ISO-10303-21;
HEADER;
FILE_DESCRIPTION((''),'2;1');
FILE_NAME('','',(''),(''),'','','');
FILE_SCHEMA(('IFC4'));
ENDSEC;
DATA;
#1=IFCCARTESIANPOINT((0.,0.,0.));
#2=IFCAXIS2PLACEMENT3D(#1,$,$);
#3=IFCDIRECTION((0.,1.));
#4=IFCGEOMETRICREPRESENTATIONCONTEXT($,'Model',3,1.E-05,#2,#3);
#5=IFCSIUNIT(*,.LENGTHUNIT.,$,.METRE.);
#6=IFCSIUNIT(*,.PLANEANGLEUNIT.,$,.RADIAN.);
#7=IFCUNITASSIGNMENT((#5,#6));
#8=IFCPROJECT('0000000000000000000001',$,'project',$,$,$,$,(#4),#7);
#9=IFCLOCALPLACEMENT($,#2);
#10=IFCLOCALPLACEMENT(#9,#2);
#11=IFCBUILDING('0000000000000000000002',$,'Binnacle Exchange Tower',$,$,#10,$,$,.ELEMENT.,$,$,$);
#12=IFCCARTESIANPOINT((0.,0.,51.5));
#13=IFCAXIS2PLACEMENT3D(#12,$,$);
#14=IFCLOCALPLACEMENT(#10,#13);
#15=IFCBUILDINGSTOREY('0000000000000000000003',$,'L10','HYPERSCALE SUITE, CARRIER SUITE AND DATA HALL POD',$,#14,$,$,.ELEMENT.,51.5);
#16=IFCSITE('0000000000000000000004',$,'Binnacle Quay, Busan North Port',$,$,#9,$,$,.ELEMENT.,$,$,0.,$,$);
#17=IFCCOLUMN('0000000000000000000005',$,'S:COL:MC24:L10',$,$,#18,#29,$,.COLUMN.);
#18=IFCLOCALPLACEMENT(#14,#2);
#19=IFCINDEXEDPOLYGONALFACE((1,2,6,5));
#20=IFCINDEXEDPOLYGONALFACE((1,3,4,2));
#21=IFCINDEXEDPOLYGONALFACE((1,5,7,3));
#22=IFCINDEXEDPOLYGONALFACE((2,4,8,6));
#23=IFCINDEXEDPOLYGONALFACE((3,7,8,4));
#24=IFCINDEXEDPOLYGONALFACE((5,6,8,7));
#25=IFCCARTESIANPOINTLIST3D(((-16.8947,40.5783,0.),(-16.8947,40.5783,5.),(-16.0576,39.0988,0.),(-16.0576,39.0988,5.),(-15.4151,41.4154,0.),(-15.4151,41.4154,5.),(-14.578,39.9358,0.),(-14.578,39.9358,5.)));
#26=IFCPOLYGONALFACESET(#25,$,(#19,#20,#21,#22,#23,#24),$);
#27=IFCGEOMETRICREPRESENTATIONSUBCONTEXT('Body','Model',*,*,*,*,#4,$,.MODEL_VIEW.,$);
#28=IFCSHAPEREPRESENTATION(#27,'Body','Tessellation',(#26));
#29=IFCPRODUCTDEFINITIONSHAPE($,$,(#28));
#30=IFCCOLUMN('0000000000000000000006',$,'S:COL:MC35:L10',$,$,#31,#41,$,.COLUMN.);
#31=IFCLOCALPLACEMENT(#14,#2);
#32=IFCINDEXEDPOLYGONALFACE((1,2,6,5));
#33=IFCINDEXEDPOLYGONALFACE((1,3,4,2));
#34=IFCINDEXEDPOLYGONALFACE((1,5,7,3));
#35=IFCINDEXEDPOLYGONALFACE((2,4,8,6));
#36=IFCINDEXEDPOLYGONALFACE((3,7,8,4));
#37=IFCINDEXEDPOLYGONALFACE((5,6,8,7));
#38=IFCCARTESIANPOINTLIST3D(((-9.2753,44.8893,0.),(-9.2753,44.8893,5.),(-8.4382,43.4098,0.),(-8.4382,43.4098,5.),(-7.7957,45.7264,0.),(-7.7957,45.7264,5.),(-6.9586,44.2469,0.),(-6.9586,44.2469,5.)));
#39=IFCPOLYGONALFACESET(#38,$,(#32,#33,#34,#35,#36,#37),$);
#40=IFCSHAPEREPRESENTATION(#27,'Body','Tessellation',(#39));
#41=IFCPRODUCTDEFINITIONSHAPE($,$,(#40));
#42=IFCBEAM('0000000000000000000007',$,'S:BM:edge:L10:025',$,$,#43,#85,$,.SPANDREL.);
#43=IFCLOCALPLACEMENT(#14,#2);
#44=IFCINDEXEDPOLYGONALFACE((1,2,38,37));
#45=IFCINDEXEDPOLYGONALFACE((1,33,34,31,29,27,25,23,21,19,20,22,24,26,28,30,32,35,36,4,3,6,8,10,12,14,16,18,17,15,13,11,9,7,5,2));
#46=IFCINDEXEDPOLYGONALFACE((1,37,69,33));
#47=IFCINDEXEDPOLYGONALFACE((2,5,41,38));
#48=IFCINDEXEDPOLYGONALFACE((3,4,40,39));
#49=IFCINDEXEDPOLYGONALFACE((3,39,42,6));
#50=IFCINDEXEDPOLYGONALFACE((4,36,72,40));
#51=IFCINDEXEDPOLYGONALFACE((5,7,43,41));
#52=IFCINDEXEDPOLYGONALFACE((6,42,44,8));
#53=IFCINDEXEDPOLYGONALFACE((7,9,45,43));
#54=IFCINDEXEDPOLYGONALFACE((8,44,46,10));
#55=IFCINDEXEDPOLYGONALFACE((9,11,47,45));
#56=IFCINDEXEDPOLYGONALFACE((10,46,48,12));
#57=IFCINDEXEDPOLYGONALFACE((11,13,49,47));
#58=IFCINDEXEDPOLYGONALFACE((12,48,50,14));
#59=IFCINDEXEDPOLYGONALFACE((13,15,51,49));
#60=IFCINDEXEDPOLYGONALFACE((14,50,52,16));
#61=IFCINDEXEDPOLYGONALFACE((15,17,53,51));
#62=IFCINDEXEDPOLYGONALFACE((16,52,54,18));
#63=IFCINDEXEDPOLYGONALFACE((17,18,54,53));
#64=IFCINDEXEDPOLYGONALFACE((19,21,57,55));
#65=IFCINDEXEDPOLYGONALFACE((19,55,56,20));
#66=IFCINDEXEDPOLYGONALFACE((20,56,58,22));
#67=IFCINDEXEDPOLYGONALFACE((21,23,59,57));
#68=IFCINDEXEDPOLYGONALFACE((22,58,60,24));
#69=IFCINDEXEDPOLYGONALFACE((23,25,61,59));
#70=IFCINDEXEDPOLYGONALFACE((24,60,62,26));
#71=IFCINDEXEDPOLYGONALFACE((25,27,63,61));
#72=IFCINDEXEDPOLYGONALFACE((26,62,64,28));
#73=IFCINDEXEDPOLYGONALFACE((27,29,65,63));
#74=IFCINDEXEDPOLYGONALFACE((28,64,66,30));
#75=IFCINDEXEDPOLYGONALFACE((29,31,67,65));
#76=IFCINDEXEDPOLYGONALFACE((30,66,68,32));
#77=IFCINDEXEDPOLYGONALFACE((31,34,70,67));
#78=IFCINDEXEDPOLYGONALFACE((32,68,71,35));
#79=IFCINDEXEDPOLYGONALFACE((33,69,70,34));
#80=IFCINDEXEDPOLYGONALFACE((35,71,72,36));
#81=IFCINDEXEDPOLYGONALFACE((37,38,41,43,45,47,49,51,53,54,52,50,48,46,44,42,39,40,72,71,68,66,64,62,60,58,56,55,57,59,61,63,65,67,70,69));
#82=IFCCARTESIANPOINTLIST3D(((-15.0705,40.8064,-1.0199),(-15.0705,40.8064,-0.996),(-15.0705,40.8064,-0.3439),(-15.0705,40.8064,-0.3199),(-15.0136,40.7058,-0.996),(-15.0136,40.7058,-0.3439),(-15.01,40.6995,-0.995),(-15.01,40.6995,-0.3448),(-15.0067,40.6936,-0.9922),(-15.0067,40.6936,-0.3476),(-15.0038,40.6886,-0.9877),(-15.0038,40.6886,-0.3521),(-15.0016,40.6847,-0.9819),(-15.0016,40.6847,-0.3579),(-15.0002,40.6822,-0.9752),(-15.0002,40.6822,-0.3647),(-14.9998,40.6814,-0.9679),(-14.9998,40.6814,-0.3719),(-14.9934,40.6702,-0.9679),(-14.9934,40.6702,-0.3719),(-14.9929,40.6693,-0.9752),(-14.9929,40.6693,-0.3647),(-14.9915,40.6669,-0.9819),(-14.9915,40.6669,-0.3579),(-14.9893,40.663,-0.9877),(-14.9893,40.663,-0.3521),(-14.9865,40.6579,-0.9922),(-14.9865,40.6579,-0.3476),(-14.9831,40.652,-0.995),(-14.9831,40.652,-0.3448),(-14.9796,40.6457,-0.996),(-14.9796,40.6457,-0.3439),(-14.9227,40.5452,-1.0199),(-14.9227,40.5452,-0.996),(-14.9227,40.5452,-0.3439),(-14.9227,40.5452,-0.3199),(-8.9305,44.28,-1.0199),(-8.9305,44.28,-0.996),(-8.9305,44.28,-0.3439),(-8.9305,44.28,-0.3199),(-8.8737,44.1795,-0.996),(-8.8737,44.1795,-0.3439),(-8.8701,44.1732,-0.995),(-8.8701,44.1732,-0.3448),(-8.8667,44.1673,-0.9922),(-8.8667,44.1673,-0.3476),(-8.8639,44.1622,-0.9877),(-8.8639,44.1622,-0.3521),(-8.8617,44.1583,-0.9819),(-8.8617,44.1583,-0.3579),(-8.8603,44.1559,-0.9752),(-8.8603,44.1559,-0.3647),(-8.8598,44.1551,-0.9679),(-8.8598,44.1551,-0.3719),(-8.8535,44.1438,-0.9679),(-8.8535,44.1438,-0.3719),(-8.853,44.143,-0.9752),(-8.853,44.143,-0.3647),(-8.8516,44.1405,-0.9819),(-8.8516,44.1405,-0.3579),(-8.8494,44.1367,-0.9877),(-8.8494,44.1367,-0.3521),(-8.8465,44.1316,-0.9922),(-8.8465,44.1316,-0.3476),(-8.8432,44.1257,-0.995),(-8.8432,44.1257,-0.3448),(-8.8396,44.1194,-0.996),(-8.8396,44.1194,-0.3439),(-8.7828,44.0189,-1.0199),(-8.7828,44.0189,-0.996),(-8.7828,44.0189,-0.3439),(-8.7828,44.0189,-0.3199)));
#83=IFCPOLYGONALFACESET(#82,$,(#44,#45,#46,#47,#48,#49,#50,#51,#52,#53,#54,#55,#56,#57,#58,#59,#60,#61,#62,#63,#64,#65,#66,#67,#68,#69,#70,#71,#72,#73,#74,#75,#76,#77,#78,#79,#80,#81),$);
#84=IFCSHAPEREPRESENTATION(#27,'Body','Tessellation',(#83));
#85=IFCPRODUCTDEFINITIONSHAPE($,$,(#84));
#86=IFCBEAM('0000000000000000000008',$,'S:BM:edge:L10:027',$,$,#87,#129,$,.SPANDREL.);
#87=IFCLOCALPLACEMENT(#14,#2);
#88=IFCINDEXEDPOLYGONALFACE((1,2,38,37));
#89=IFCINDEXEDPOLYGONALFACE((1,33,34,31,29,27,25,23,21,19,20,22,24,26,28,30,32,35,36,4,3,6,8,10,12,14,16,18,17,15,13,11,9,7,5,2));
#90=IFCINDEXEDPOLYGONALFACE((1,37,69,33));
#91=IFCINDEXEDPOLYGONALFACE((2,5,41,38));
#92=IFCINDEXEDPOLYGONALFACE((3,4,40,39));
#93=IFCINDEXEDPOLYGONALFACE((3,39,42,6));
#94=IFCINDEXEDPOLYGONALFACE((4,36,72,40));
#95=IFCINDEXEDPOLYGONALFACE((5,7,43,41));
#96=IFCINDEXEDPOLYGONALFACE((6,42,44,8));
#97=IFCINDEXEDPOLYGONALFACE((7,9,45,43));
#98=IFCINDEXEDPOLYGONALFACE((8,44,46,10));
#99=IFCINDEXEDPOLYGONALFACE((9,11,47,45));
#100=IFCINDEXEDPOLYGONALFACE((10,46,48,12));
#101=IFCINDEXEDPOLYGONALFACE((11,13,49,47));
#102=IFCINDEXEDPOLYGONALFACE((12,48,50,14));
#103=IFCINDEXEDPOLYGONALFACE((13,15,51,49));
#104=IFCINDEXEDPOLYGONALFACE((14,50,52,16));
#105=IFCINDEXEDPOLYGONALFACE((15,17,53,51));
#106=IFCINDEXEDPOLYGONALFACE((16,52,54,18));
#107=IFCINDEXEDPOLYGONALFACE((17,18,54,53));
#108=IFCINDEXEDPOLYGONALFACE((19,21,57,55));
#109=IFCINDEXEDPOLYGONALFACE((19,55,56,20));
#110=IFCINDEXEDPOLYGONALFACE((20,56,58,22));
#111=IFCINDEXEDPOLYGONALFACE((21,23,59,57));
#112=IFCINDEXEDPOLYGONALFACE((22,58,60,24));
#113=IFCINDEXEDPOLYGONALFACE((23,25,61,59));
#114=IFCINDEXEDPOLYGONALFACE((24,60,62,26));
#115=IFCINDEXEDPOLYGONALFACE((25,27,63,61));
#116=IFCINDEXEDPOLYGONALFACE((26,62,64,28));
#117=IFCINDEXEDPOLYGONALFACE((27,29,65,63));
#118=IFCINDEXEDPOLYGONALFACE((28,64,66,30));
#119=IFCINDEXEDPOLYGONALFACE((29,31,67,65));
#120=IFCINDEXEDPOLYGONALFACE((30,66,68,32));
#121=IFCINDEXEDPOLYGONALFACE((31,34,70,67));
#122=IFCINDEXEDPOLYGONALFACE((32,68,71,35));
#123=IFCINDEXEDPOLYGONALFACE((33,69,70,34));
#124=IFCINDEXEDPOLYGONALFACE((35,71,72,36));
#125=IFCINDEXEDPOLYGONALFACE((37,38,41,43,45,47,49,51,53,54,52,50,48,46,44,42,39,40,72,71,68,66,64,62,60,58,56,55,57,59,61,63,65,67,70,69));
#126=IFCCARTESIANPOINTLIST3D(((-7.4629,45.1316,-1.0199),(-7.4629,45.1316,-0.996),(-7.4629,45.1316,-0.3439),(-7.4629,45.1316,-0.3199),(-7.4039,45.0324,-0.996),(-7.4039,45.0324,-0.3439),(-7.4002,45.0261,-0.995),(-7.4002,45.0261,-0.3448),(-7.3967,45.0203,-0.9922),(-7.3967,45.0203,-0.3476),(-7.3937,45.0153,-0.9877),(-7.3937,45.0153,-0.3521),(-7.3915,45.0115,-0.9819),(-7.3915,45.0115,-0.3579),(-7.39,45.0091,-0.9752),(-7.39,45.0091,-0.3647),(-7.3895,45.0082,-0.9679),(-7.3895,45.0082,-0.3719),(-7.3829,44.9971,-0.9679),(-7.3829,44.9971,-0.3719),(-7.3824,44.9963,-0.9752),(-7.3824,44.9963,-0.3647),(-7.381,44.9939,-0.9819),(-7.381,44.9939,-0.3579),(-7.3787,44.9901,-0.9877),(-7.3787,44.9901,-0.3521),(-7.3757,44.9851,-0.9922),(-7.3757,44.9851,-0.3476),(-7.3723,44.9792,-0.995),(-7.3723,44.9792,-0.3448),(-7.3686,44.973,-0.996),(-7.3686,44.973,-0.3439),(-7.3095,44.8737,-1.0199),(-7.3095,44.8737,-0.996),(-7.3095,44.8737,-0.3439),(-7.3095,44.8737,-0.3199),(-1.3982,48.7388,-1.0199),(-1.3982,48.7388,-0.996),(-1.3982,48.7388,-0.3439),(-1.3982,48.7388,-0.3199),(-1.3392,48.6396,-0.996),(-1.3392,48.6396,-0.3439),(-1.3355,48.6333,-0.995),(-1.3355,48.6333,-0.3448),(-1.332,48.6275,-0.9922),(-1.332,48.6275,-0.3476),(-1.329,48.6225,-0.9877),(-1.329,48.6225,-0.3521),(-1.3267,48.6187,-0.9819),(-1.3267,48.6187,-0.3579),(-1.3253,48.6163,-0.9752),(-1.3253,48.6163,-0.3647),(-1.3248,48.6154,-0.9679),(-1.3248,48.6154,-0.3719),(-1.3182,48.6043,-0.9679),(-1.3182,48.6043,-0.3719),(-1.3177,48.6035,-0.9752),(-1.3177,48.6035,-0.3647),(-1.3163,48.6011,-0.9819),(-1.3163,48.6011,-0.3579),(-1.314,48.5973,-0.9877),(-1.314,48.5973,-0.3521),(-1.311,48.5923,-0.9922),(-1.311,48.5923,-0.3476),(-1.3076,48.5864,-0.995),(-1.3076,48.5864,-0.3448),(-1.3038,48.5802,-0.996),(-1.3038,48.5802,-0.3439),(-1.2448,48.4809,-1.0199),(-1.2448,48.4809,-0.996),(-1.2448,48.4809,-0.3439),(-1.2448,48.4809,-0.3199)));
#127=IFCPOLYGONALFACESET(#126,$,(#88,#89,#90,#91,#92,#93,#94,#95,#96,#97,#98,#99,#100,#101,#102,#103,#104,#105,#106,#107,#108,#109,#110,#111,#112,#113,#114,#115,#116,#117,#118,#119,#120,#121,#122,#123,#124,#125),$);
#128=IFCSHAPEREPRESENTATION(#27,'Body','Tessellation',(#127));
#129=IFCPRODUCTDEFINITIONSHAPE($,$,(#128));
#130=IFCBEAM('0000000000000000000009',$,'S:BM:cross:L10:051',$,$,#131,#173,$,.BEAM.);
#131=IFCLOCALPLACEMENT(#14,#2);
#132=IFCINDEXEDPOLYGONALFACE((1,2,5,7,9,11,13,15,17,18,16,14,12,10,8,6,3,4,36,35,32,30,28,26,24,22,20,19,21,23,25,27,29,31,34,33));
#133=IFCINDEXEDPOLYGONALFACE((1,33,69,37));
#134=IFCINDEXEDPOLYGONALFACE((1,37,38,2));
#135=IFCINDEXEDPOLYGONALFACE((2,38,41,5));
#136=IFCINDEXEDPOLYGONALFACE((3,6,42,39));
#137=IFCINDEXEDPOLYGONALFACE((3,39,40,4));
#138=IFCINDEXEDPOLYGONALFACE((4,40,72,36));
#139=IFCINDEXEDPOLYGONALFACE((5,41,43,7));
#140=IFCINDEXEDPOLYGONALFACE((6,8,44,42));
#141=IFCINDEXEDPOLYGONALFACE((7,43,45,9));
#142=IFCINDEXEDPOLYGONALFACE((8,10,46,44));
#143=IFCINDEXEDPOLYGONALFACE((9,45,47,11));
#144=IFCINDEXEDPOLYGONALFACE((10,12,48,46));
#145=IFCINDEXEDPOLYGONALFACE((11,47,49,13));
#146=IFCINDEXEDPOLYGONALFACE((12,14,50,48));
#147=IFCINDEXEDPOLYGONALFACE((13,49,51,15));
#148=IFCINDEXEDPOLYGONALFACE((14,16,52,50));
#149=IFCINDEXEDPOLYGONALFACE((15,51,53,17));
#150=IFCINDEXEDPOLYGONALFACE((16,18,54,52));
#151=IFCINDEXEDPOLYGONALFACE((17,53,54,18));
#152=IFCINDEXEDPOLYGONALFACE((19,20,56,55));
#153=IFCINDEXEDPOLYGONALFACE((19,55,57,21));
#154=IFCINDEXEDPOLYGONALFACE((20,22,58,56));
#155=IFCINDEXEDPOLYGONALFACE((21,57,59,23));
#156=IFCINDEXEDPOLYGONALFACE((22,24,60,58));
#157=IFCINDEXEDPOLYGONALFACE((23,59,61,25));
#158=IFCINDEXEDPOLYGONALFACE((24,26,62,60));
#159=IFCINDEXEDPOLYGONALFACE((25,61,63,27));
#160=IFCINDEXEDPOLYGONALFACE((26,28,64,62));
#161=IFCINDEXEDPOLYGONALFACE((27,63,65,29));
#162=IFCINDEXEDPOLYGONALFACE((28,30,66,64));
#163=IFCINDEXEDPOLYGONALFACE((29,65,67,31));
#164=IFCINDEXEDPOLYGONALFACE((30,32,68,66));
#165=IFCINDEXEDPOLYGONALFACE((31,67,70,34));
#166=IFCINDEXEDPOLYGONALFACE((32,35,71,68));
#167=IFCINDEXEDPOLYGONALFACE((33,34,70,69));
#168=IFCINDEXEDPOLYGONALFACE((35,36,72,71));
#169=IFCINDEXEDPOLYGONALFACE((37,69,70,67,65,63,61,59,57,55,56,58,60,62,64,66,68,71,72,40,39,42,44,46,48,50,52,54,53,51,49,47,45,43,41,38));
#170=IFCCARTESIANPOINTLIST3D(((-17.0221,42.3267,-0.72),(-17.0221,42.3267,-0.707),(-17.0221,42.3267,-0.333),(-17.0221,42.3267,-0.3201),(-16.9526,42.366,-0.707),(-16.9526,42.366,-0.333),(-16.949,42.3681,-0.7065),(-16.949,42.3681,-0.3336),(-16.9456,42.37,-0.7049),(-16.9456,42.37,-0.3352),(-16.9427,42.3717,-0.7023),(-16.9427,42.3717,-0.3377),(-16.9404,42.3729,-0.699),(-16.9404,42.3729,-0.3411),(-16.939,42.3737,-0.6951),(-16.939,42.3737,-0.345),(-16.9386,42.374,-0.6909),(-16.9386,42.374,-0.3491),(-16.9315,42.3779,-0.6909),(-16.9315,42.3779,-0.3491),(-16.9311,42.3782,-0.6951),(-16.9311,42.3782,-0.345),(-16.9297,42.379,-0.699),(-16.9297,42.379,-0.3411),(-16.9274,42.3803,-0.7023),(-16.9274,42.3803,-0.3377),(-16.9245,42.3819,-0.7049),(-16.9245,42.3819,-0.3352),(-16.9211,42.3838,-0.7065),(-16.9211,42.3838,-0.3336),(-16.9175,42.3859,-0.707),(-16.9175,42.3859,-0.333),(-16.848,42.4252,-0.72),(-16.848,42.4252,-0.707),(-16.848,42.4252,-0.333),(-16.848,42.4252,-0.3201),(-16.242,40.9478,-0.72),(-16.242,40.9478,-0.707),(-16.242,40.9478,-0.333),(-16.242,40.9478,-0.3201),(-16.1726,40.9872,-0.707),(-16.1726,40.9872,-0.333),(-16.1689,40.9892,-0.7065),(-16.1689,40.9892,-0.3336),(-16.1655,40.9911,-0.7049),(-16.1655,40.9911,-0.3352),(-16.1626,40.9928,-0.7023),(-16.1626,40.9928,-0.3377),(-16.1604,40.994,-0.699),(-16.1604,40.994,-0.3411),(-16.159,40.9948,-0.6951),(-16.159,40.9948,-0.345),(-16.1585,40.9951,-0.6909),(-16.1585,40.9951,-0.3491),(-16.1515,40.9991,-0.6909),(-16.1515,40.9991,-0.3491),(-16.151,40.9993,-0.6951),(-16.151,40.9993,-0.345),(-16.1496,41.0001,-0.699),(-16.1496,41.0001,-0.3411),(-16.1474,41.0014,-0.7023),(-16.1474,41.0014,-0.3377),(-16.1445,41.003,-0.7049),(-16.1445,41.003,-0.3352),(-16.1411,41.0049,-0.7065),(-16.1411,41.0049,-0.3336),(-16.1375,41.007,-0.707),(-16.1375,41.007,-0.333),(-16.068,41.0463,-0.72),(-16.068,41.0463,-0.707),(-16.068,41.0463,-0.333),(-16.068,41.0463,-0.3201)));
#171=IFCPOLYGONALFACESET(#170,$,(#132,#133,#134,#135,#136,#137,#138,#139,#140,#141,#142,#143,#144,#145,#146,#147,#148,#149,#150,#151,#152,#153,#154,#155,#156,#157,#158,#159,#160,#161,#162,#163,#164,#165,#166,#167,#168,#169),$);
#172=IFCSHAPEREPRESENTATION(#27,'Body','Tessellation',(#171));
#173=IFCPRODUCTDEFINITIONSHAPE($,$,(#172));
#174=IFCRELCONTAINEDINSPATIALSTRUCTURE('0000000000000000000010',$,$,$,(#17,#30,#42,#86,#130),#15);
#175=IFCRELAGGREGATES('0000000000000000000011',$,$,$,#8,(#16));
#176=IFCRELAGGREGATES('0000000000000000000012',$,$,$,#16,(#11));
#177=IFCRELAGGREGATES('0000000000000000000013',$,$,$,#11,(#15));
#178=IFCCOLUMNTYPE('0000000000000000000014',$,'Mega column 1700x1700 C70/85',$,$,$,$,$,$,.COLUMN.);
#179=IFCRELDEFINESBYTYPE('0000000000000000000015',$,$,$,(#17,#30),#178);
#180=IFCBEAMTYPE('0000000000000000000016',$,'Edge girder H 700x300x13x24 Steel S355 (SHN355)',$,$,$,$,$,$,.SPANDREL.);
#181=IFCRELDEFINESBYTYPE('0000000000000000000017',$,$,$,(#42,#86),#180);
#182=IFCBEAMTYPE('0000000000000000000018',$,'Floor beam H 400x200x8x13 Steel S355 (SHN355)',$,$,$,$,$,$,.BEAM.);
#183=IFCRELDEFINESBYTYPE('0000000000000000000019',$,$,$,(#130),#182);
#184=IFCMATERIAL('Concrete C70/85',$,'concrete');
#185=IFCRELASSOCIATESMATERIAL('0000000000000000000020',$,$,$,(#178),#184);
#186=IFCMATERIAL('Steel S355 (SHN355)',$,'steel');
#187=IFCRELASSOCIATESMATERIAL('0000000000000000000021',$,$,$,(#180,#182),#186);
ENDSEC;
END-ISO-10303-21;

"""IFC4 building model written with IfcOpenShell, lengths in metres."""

from ifc_helpers import new_model, si_unit, direction, frame, origin, origin_2d, place, context, subcontext, project, spatial, rectangle, i_section, extrude, material, material_profile, profile_set, type_object, element, save


model = new_model("IFC4")

# Units and contexts
model_context = context("Model", 3, precision=1e-05, world=origin(), true_north=direction((0.0, 1.0)))
body_context = subcontext(model_context, "Body", "Model", "MODEL_VIEW")
ifc_project = project(units=[si_unit("LENGTHUNIT", "METRE"), si_unit("PLANEANGLEUNIT", "RADIAN")], contexts=[model_context])

# Site, building, storey
site_placement = place(None, origin())
site = spatial("IfcSite", under=ifc_project, at=site_placement, Name="Binnacle Quay, Busan North Port", CompositionType="ELEMENT", RefElevation=0.0)
building_placement = place(site_placement, origin())
building = spatial("IfcBuilding", under=site, at=building_placement, Name="Binnacle Exchange Tower", CompositionType="ELEMENT")
storey_placement = place(building_placement, frame((0.0, 0.0, 51.5)))
storey = spatial("IfcBuildingStorey", under=building, at=storey_placement, Name="L10", Description="HYPERSCALE SUITE, CARRIER SUITE AND DATA HALL POD", CompositionType="ELEMENT", Elevation=51.5)

# Columns
ifc_material_1 = material(Name="Concrete C70/85", Category="concrete")
ifc_material_profile_1 = material_profile(ifc_material_1, rectangle(XDim=1.7, YDim=1.7, at=origin_2d()), Name="Mega column 1700x1700 C70/85")
ifc_profile_set_1 = profile_set([ifc_material_profile_1], Name="Concrete C70/85")
column_type = type_object("IfcColumnType", Name="Mega column 1700x1700 C70/85", PredefinedType="COLUMN", material=ifc_profile_set_1)
for number, where, z_axis, x_axis, name in (
    (1, (-15.7363, 40.2571, 0.0), (0.0, 0.0, 1.0), (0.870356, 0.492424, 0.0), "S:COL:MC24:L10"),
    (2, (-8.1169, 44.5681, 0.0), (0.0, 0.0, 1.0), (0.870356, 0.492424, 0.0), "S:COL:MC35:L10"),
):
    element("IfcColumn", number, at=place(storey_placement, frame(where, z_axis=z_axis, x_axis=x_axis)), inside=storey, type_object=column_type, Name=name, PredefinedType="COLUMN", context=body_context, shape_type="SweptSolid", body=[
        extrude(rectangle(XDim=1.7, YDim=1.7, at=origin_2d()), origin(), (0.0, 0.0, 1.0), 5.0),
    ])

# Beams
ifc_material_2 = material(Name="Steel S355 (SHN355)", Category="steel")
ifc_material_profile_2 = material_profile(ifc_material_2, i_section(OverallWidth=0.3, OverallDepth=0.7, WebThickness=0.0129, FlangeThickness=0.0239, FilletRadius=0.0281, at=origin_2d()), Name="H 700x300x13x24")
ifc_profile_set_2 = profile_set([ifc_material_profile_2], Name="Steel S355 (SHN355)")
beam_type_1 = type_object("IfcBeamType", Name="Edge girder H 700x300x13x24 Steel S355 (SHN355)", PredefinedType="SPANDREL", material=ifc_profile_set_2)
beam_1_placement = place(storey_placement, frame((-14.9966, 40.6758, -0.6699), z_axis=(0.870365, 0.492407, 0.0), x_axis=(-0.492407, 0.870365, 0.0)))
element("IfcBeam", 3, at=beam_1_placement, inside=storey, type_object=beam_type_1, Name="S:BM:edge:L10:025", PredefinedType="SPANDREL", context=body_context, shape_type="SweptSolid", body=[
    extrude(i_section(OverallWidth=0.3, OverallDepth=0.7, WebThickness=0.0129, FlangeThickness=0.0239, FilletRadius=0.0281, at=origin_2d()), origin(), (0.0, 0.0, 1.0), 7.0544),
])
beam_2_placement = place(storey_placement, frame((-7.3862, 45.0027, -0.6699), z_axis=(0.859465, 0.511195, 0.0), x_axis=(-0.511195, 0.859465, 0.0)))
element("IfcBeam", 4, at=beam_2_placement, inside=storey, type_object=beam_type_1, Name="S:BM:edge:L10:027", PredefinedType="SPANDREL", context=body_context, shape_type="SweptSolid", body=[
    extrude(i_section(OverallWidth=0.3, OverallDepth=0.7, WebThickness=0.0129, FlangeThickness=0.0239, FilletRadius=0.0281, at=origin_2d()), origin(), (0.0, 0.0, 1.0), 7.0564),
])
ifc_material_profile_3 = material_profile(ifc_material_2, i_section(OverallWidth=0.2, OverallDepth=0.3999, WebThickness=0.0081, FlangeThickness=0.0129, FilletRadius=0.0161, at=origin_2d()), Name="H 400x200x8x13")
ifc_profile_set_3 = profile_set([ifc_material_profile_3], Name="Steel S355 (SHN355)")
beam_type_2 = type_object("IfcBeamType", Name="Floor beam H 400x200x8x13 Steel S355 (SHN355)", PredefinedType="BEAM", material=ifc_profile_set_3)
beam_3_placement = place(storey_placement, frame((-16.155, 40.9971, -0.52), z_axis=(-0.492367, 0.870388, 0.0), x_axis=(-0.870388, -0.492367, 0.0)))
element("IfcBeam", 5, at=beam_3_placement, inside=storey, type_object=beam_type_2, Name="S:BM:cross:L10:051", PredefinedType="BEAM", context=body_context, shape_type="SweptSolid", body=[
    extrude(i_section(OverallWidth=0.2, OverallDepth=0.3999, WebThickness=0.0081, FlangeThickness=0.0129, FilletRadius=0.0161, at=origin_2d()), origin(), (0.0, 0.0, 1.0), 1.5842),
])

save(model, "model.ifc")
